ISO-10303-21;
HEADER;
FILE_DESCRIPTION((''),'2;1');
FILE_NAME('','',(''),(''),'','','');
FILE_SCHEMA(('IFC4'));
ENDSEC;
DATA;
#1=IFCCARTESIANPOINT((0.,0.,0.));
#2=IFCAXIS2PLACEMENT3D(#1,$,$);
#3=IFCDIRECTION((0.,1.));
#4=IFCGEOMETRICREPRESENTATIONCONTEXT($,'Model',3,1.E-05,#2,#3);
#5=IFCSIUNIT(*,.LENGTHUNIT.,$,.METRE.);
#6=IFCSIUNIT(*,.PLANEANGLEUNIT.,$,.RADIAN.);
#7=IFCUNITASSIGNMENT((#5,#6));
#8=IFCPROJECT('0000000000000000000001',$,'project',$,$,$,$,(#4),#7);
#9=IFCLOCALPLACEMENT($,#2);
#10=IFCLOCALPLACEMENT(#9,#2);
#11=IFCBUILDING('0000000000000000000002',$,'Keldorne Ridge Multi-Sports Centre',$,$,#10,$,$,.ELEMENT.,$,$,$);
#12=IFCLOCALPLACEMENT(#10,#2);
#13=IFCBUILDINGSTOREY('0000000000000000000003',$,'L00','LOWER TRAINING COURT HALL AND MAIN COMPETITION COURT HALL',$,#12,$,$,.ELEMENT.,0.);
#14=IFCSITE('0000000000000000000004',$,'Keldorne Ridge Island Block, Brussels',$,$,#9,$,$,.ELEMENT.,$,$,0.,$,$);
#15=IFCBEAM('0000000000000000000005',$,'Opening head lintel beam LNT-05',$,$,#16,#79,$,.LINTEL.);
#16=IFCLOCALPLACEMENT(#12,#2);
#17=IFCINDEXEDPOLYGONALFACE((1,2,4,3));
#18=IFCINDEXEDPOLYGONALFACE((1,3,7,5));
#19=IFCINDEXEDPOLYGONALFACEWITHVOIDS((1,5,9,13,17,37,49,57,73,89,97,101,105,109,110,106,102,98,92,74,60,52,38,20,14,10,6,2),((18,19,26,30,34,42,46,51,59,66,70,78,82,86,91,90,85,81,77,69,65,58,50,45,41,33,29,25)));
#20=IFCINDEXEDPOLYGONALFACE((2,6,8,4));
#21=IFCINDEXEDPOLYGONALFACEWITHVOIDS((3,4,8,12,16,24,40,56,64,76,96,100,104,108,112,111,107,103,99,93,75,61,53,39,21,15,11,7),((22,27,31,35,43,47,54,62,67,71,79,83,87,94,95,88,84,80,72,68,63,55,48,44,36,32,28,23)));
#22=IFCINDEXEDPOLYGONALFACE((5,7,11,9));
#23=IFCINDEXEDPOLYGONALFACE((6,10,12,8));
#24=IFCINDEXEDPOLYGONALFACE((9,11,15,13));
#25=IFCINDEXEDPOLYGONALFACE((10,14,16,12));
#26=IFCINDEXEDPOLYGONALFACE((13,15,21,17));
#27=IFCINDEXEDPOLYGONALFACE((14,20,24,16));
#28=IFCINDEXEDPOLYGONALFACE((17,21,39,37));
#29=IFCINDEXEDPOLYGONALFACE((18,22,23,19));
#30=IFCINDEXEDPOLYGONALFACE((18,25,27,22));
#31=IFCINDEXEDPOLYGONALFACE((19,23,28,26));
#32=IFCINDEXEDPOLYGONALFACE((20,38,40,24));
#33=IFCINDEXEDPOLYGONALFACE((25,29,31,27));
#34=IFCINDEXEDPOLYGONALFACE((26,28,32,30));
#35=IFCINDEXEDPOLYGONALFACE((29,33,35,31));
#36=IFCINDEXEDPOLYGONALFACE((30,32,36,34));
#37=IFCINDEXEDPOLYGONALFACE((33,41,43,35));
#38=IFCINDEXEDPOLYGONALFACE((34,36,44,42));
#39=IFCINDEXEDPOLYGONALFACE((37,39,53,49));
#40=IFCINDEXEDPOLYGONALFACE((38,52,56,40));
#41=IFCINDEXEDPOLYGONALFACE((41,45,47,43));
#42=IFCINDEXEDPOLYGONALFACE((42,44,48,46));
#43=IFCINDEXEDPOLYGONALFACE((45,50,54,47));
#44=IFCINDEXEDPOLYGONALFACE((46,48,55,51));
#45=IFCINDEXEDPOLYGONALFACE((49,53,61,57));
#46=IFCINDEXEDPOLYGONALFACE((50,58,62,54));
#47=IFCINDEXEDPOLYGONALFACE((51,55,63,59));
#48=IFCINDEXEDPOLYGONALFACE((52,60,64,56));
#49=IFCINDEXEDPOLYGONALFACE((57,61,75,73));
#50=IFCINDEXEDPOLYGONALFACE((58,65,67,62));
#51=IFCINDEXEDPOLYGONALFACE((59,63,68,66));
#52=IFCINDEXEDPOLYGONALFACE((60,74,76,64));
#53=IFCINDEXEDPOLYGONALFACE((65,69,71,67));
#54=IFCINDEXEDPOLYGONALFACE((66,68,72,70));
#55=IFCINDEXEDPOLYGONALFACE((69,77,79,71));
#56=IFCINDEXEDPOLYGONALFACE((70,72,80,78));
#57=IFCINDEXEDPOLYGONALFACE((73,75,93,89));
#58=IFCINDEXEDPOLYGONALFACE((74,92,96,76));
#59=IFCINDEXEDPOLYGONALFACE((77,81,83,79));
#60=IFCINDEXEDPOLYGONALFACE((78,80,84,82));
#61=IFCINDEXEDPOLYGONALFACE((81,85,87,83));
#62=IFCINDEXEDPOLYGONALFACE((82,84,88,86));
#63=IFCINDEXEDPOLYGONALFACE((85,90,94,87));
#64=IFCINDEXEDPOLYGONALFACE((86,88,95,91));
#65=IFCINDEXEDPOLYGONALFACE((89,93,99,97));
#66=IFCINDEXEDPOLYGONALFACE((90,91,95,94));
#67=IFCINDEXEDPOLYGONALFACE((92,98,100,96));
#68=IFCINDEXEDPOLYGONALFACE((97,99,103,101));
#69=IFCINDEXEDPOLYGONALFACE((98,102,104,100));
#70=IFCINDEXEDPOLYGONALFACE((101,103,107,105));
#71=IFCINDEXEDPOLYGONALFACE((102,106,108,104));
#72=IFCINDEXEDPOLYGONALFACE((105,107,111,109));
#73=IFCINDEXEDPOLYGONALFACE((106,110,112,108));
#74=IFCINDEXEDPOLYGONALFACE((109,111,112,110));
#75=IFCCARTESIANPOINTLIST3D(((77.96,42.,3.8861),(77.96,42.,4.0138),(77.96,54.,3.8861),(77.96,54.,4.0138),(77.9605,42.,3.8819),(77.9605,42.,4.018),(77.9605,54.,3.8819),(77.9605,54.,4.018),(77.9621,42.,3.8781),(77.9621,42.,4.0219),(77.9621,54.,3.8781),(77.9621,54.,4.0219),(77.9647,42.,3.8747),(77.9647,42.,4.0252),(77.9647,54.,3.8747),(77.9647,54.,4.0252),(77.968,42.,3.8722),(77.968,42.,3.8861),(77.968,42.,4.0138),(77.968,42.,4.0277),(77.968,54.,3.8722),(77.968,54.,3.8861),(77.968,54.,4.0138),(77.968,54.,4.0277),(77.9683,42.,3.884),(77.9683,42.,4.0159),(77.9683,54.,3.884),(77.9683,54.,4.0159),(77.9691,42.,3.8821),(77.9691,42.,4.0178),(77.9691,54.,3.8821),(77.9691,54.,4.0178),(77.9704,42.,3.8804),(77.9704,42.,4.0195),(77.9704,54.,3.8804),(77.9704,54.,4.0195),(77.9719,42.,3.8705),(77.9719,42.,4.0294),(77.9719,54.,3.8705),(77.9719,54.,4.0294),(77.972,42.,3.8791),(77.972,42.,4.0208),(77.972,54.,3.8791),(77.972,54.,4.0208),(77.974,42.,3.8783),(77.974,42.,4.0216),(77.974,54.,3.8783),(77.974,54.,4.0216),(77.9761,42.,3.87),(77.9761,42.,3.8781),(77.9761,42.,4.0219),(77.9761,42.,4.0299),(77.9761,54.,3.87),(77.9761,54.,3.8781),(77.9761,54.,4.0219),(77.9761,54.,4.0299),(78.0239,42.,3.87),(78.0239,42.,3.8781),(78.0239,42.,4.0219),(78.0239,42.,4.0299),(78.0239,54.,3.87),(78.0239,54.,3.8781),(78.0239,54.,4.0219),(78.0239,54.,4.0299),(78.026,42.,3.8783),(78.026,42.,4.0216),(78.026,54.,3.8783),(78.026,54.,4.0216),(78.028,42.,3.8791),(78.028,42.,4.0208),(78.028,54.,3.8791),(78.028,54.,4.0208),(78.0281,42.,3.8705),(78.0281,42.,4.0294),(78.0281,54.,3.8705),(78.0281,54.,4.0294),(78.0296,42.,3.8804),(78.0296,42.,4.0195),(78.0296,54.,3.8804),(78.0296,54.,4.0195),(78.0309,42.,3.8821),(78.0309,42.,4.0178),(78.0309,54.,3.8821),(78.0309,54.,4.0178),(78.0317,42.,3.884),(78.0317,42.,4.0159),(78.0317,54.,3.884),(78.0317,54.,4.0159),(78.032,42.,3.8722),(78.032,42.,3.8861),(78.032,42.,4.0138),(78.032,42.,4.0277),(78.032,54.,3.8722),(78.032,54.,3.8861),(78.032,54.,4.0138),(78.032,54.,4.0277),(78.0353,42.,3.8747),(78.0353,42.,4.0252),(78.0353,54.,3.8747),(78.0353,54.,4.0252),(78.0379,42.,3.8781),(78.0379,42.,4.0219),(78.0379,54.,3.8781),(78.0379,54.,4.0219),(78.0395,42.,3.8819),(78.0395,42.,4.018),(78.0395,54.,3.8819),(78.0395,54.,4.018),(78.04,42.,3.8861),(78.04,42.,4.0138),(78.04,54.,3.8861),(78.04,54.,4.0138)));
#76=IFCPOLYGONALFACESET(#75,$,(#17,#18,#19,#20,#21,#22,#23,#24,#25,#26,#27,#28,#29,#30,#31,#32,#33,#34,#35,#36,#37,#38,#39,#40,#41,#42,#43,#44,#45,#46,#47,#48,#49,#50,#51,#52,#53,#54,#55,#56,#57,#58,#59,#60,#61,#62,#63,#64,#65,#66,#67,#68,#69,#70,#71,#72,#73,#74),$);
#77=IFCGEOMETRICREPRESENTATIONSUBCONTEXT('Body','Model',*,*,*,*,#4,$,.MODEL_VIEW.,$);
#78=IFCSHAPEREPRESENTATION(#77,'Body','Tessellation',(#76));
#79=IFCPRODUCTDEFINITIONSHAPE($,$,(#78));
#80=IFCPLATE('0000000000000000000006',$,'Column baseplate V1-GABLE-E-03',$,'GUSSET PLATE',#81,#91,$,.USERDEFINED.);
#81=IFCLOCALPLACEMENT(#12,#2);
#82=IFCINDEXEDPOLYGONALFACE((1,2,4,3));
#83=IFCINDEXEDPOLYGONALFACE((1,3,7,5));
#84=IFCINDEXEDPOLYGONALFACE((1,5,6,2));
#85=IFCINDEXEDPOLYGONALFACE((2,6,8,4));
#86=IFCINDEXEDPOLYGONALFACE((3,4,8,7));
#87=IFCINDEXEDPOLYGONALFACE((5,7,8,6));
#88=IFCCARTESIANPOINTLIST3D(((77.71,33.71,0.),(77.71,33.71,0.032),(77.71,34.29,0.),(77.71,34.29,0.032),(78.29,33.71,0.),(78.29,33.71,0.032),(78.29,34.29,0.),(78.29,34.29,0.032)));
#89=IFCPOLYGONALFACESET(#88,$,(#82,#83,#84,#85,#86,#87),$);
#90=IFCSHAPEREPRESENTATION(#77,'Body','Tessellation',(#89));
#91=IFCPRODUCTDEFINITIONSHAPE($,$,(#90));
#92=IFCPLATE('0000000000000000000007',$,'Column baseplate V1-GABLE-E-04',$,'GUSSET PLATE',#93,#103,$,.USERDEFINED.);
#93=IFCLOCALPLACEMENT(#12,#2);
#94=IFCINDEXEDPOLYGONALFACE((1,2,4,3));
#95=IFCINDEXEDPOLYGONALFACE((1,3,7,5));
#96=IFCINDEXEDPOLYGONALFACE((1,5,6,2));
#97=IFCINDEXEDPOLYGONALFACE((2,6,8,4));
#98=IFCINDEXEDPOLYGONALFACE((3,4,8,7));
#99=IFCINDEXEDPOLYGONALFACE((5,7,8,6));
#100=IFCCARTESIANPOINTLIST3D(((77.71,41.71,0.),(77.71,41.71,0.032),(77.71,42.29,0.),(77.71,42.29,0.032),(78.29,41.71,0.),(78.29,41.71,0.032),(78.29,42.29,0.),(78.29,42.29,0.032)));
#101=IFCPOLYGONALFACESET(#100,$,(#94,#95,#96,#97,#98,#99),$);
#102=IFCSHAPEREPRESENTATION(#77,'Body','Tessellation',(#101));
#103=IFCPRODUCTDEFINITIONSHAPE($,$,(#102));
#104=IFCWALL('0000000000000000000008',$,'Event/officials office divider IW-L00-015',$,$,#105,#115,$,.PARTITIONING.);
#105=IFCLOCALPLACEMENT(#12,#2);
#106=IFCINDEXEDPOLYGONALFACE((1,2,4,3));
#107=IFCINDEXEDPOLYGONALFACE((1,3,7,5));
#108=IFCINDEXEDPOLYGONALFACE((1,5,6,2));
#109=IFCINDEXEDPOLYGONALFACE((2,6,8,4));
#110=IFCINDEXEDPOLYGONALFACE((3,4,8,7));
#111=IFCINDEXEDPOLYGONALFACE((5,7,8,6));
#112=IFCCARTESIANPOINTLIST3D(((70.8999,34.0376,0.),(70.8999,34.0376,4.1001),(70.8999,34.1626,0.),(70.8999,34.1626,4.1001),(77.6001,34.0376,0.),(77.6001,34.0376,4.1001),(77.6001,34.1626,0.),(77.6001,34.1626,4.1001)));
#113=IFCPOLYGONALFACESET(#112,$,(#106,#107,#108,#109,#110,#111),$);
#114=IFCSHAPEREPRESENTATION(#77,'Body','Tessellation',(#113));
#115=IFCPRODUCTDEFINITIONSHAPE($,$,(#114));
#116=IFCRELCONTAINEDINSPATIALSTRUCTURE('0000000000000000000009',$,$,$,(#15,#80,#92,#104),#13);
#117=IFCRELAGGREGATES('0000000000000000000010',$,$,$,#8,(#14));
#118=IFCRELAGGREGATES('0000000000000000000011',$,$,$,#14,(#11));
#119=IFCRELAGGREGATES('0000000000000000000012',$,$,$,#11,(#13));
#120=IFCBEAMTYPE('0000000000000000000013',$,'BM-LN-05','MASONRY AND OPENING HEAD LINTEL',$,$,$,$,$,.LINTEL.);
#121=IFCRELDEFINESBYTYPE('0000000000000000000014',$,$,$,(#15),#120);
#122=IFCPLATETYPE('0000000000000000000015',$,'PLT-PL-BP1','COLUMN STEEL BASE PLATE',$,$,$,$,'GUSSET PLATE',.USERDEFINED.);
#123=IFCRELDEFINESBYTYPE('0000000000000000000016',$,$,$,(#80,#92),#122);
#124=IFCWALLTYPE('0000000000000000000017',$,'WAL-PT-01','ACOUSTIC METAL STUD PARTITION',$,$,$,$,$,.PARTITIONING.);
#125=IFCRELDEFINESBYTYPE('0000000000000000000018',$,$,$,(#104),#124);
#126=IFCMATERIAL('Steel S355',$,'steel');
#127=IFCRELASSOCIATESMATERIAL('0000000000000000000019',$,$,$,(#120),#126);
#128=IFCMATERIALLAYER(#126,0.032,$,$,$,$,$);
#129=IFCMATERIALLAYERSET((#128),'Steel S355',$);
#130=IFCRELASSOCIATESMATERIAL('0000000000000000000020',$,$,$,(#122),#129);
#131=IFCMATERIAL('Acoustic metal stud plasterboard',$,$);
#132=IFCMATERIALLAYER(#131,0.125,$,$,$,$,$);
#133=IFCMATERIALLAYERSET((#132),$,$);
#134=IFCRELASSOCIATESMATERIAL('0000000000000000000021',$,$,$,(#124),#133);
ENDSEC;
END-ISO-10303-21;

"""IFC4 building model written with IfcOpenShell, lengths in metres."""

from ifc_helpers import new_model, si_unit, direction, frame, frame_2d, origin, origin_2d, place, context, subcontext, project, spatial, rectangle, hollow_rectangle, extrude, material, layer, layer_set, material_profile, profile_set, type_object, element, save


model = new_model("IFC4")

# Units and contexts
model_context = context("Model", 3, precision=1e-05, world=origin(), true_north=direction((0.0, 1.0)))
body_context = subcontext(model_context, "Body", "Model", "MODEL_VIEW")
ifc_project = project(units=[si_unit("LENGTHUNIT", "METRE"), si_unit("PLANEANGLEUNIT", "RADIAN")], contexts=[model_context])

# Site, building, storey
site_placement = place(None, origin())
site = spatial("IfcSite", under=ifc_project, at=site_placement, Name="Keldorne Ridge Island Block, Brussels", CompositionType="ELEMENT", RefElevation=0.0)
building_placement = place(site_placement, origin())
building = spatial("IfcBuilding", under=site, at=building_placement, Name="Keldorne Ridge Multi-Sports Centre", CompositionType="ELEMENT")
storey_placement = place(building_placement, origin())
storey = spatial("IfcBuildingStorey", under=building, at=storey_placement, Name="L00", Description="LOWER TRAINING COURT HALL AND MAIN COMPETITION COURT HALL", CompositionType="ELEMENT", Elevation=0.0)

# Shared definitions
ifc_material_1 = material(Name="Steel S355", Category="steel")

# Beam
ifc_material_profile_1 = material_profile(ifc_material_1, hollow_rectangle(XDim=0.0801, YDim=0.1599, WallThickness=0.0081, InnerFilletRadius=0.0081, OuterFilletRadius=0.0161, at=origin_2d()), Name="RHS 160x80x8")
ifc_profile_set_1 = profile_set([ifc_material_profile_1], Name="Steel S355")
beam_type_1 = type_object("IfcBeamType", Name="BM-LN-05", Description="MASONRY AND OPENING HEAD LINTEL", PredefinedType="LINTEL", material=ifc_profile_set_1)
beam_1_placement = place(storey_placement, frame((78.0, 42.0, 3.95), z_axis=(0.0, 1.0, 0.0), x_axis=(-1.0, 0.0, 0.0)))
element("IfcBeam", 1, at=beam_1_placement, inside=storey, type_object=beam_type_1, Name="Opening head lintel beam LNT-05", PredefinedType="LINTEL", context=body_context, shape_type="SweptSolid", body=[
    extrude(hollow_rectangle(XDim=0.0801, YDim=0.1599, WallThickness=0.0081, InnerFilletRadius=0.0081, OuterFilletRadius=0.0161, at=origin_2d()), origin(), (0.0, 0.0, 1.0), 12.0),
])

# Plates
ifc_layer_1 = layer(ifc_material_1, 0.032)
ifc_layer_set_1 = layer_set([ifc_layer_1], Name="Steel S355")
plate_type = type_object("IfcPlateType", Name="PLT-PL-BP1", Description="COLUMN STEEL BASE PLATE", ElementType="GUSSET PLATE", PredefinedType="USERDEFINED", material=ifc_layer_set_1)
for number, where, z_axis, x_axis, name in (
    (2, (78.0, 34.0, 0.0), (0.0, 0.0, 1.0), (1.0, 0.0, 0.0), "Column baseplate V1-GABLE-E-03"),
    (3, (78.0, 42.0, 0.0), (0.0, 0.0, 1.0), (1.0, 0.0, 0.0), "Column baseplate V1-GABLE-E-04"),
):
    element("IfcPlate", number, at=place(storey_placement, frame(where, z_axis=z_axis, x_axis=x_axis)), inside=storey, type_object=plate_type, Name=name, ObjectType="GUSSET PLATE", PredefinedType="USERDEFINED", context=body_context, shape_type="SweptSolid", body=[
        extrude(rectangle(XDim=0.5801, YDim=0.5801, at=origin_2d()), origin(), (0.0, 0.0, 1.0), 0.032),
    ])

# Wall
ifc_material_2 = material(Name="Acoustic metal stud plasterboard")
ifc_layer_2 = layer(ifc_material_2, 0.125)
ifc_layer_set_2 = layer_set([ifc_layer_2])
wall_type = type_object("IfcWallType", Name="WAL-PT-01", Description="ACOUSTIC METAL STUD PARTITION", PredefinedType="PARTITIONING", material=ifc_layer_set_2)
wall_placement = place(storey_placement, frame((70.8999, 34.1001, 0.0), z_axis=(0.0, 0.0, 1.0), x_axis=(1.0, 0.0, 0.0)))
element("IfcWall", 4, at=wall_placement, inside=storey, type_object=wall_type, Name="Event/officials office divider IW-L00-015", PredefinedType="PARTITIONING", context=body_context, shape_type="SweptSolid", body=[
    extrude(rectangle(XDim=6.7002, YDim=0.125, at=frame_2d((3.3501, 0.0))), origin(), (0.0, 0.0, 1.0), 4.1001),
])

save(model, "model.ifc")
